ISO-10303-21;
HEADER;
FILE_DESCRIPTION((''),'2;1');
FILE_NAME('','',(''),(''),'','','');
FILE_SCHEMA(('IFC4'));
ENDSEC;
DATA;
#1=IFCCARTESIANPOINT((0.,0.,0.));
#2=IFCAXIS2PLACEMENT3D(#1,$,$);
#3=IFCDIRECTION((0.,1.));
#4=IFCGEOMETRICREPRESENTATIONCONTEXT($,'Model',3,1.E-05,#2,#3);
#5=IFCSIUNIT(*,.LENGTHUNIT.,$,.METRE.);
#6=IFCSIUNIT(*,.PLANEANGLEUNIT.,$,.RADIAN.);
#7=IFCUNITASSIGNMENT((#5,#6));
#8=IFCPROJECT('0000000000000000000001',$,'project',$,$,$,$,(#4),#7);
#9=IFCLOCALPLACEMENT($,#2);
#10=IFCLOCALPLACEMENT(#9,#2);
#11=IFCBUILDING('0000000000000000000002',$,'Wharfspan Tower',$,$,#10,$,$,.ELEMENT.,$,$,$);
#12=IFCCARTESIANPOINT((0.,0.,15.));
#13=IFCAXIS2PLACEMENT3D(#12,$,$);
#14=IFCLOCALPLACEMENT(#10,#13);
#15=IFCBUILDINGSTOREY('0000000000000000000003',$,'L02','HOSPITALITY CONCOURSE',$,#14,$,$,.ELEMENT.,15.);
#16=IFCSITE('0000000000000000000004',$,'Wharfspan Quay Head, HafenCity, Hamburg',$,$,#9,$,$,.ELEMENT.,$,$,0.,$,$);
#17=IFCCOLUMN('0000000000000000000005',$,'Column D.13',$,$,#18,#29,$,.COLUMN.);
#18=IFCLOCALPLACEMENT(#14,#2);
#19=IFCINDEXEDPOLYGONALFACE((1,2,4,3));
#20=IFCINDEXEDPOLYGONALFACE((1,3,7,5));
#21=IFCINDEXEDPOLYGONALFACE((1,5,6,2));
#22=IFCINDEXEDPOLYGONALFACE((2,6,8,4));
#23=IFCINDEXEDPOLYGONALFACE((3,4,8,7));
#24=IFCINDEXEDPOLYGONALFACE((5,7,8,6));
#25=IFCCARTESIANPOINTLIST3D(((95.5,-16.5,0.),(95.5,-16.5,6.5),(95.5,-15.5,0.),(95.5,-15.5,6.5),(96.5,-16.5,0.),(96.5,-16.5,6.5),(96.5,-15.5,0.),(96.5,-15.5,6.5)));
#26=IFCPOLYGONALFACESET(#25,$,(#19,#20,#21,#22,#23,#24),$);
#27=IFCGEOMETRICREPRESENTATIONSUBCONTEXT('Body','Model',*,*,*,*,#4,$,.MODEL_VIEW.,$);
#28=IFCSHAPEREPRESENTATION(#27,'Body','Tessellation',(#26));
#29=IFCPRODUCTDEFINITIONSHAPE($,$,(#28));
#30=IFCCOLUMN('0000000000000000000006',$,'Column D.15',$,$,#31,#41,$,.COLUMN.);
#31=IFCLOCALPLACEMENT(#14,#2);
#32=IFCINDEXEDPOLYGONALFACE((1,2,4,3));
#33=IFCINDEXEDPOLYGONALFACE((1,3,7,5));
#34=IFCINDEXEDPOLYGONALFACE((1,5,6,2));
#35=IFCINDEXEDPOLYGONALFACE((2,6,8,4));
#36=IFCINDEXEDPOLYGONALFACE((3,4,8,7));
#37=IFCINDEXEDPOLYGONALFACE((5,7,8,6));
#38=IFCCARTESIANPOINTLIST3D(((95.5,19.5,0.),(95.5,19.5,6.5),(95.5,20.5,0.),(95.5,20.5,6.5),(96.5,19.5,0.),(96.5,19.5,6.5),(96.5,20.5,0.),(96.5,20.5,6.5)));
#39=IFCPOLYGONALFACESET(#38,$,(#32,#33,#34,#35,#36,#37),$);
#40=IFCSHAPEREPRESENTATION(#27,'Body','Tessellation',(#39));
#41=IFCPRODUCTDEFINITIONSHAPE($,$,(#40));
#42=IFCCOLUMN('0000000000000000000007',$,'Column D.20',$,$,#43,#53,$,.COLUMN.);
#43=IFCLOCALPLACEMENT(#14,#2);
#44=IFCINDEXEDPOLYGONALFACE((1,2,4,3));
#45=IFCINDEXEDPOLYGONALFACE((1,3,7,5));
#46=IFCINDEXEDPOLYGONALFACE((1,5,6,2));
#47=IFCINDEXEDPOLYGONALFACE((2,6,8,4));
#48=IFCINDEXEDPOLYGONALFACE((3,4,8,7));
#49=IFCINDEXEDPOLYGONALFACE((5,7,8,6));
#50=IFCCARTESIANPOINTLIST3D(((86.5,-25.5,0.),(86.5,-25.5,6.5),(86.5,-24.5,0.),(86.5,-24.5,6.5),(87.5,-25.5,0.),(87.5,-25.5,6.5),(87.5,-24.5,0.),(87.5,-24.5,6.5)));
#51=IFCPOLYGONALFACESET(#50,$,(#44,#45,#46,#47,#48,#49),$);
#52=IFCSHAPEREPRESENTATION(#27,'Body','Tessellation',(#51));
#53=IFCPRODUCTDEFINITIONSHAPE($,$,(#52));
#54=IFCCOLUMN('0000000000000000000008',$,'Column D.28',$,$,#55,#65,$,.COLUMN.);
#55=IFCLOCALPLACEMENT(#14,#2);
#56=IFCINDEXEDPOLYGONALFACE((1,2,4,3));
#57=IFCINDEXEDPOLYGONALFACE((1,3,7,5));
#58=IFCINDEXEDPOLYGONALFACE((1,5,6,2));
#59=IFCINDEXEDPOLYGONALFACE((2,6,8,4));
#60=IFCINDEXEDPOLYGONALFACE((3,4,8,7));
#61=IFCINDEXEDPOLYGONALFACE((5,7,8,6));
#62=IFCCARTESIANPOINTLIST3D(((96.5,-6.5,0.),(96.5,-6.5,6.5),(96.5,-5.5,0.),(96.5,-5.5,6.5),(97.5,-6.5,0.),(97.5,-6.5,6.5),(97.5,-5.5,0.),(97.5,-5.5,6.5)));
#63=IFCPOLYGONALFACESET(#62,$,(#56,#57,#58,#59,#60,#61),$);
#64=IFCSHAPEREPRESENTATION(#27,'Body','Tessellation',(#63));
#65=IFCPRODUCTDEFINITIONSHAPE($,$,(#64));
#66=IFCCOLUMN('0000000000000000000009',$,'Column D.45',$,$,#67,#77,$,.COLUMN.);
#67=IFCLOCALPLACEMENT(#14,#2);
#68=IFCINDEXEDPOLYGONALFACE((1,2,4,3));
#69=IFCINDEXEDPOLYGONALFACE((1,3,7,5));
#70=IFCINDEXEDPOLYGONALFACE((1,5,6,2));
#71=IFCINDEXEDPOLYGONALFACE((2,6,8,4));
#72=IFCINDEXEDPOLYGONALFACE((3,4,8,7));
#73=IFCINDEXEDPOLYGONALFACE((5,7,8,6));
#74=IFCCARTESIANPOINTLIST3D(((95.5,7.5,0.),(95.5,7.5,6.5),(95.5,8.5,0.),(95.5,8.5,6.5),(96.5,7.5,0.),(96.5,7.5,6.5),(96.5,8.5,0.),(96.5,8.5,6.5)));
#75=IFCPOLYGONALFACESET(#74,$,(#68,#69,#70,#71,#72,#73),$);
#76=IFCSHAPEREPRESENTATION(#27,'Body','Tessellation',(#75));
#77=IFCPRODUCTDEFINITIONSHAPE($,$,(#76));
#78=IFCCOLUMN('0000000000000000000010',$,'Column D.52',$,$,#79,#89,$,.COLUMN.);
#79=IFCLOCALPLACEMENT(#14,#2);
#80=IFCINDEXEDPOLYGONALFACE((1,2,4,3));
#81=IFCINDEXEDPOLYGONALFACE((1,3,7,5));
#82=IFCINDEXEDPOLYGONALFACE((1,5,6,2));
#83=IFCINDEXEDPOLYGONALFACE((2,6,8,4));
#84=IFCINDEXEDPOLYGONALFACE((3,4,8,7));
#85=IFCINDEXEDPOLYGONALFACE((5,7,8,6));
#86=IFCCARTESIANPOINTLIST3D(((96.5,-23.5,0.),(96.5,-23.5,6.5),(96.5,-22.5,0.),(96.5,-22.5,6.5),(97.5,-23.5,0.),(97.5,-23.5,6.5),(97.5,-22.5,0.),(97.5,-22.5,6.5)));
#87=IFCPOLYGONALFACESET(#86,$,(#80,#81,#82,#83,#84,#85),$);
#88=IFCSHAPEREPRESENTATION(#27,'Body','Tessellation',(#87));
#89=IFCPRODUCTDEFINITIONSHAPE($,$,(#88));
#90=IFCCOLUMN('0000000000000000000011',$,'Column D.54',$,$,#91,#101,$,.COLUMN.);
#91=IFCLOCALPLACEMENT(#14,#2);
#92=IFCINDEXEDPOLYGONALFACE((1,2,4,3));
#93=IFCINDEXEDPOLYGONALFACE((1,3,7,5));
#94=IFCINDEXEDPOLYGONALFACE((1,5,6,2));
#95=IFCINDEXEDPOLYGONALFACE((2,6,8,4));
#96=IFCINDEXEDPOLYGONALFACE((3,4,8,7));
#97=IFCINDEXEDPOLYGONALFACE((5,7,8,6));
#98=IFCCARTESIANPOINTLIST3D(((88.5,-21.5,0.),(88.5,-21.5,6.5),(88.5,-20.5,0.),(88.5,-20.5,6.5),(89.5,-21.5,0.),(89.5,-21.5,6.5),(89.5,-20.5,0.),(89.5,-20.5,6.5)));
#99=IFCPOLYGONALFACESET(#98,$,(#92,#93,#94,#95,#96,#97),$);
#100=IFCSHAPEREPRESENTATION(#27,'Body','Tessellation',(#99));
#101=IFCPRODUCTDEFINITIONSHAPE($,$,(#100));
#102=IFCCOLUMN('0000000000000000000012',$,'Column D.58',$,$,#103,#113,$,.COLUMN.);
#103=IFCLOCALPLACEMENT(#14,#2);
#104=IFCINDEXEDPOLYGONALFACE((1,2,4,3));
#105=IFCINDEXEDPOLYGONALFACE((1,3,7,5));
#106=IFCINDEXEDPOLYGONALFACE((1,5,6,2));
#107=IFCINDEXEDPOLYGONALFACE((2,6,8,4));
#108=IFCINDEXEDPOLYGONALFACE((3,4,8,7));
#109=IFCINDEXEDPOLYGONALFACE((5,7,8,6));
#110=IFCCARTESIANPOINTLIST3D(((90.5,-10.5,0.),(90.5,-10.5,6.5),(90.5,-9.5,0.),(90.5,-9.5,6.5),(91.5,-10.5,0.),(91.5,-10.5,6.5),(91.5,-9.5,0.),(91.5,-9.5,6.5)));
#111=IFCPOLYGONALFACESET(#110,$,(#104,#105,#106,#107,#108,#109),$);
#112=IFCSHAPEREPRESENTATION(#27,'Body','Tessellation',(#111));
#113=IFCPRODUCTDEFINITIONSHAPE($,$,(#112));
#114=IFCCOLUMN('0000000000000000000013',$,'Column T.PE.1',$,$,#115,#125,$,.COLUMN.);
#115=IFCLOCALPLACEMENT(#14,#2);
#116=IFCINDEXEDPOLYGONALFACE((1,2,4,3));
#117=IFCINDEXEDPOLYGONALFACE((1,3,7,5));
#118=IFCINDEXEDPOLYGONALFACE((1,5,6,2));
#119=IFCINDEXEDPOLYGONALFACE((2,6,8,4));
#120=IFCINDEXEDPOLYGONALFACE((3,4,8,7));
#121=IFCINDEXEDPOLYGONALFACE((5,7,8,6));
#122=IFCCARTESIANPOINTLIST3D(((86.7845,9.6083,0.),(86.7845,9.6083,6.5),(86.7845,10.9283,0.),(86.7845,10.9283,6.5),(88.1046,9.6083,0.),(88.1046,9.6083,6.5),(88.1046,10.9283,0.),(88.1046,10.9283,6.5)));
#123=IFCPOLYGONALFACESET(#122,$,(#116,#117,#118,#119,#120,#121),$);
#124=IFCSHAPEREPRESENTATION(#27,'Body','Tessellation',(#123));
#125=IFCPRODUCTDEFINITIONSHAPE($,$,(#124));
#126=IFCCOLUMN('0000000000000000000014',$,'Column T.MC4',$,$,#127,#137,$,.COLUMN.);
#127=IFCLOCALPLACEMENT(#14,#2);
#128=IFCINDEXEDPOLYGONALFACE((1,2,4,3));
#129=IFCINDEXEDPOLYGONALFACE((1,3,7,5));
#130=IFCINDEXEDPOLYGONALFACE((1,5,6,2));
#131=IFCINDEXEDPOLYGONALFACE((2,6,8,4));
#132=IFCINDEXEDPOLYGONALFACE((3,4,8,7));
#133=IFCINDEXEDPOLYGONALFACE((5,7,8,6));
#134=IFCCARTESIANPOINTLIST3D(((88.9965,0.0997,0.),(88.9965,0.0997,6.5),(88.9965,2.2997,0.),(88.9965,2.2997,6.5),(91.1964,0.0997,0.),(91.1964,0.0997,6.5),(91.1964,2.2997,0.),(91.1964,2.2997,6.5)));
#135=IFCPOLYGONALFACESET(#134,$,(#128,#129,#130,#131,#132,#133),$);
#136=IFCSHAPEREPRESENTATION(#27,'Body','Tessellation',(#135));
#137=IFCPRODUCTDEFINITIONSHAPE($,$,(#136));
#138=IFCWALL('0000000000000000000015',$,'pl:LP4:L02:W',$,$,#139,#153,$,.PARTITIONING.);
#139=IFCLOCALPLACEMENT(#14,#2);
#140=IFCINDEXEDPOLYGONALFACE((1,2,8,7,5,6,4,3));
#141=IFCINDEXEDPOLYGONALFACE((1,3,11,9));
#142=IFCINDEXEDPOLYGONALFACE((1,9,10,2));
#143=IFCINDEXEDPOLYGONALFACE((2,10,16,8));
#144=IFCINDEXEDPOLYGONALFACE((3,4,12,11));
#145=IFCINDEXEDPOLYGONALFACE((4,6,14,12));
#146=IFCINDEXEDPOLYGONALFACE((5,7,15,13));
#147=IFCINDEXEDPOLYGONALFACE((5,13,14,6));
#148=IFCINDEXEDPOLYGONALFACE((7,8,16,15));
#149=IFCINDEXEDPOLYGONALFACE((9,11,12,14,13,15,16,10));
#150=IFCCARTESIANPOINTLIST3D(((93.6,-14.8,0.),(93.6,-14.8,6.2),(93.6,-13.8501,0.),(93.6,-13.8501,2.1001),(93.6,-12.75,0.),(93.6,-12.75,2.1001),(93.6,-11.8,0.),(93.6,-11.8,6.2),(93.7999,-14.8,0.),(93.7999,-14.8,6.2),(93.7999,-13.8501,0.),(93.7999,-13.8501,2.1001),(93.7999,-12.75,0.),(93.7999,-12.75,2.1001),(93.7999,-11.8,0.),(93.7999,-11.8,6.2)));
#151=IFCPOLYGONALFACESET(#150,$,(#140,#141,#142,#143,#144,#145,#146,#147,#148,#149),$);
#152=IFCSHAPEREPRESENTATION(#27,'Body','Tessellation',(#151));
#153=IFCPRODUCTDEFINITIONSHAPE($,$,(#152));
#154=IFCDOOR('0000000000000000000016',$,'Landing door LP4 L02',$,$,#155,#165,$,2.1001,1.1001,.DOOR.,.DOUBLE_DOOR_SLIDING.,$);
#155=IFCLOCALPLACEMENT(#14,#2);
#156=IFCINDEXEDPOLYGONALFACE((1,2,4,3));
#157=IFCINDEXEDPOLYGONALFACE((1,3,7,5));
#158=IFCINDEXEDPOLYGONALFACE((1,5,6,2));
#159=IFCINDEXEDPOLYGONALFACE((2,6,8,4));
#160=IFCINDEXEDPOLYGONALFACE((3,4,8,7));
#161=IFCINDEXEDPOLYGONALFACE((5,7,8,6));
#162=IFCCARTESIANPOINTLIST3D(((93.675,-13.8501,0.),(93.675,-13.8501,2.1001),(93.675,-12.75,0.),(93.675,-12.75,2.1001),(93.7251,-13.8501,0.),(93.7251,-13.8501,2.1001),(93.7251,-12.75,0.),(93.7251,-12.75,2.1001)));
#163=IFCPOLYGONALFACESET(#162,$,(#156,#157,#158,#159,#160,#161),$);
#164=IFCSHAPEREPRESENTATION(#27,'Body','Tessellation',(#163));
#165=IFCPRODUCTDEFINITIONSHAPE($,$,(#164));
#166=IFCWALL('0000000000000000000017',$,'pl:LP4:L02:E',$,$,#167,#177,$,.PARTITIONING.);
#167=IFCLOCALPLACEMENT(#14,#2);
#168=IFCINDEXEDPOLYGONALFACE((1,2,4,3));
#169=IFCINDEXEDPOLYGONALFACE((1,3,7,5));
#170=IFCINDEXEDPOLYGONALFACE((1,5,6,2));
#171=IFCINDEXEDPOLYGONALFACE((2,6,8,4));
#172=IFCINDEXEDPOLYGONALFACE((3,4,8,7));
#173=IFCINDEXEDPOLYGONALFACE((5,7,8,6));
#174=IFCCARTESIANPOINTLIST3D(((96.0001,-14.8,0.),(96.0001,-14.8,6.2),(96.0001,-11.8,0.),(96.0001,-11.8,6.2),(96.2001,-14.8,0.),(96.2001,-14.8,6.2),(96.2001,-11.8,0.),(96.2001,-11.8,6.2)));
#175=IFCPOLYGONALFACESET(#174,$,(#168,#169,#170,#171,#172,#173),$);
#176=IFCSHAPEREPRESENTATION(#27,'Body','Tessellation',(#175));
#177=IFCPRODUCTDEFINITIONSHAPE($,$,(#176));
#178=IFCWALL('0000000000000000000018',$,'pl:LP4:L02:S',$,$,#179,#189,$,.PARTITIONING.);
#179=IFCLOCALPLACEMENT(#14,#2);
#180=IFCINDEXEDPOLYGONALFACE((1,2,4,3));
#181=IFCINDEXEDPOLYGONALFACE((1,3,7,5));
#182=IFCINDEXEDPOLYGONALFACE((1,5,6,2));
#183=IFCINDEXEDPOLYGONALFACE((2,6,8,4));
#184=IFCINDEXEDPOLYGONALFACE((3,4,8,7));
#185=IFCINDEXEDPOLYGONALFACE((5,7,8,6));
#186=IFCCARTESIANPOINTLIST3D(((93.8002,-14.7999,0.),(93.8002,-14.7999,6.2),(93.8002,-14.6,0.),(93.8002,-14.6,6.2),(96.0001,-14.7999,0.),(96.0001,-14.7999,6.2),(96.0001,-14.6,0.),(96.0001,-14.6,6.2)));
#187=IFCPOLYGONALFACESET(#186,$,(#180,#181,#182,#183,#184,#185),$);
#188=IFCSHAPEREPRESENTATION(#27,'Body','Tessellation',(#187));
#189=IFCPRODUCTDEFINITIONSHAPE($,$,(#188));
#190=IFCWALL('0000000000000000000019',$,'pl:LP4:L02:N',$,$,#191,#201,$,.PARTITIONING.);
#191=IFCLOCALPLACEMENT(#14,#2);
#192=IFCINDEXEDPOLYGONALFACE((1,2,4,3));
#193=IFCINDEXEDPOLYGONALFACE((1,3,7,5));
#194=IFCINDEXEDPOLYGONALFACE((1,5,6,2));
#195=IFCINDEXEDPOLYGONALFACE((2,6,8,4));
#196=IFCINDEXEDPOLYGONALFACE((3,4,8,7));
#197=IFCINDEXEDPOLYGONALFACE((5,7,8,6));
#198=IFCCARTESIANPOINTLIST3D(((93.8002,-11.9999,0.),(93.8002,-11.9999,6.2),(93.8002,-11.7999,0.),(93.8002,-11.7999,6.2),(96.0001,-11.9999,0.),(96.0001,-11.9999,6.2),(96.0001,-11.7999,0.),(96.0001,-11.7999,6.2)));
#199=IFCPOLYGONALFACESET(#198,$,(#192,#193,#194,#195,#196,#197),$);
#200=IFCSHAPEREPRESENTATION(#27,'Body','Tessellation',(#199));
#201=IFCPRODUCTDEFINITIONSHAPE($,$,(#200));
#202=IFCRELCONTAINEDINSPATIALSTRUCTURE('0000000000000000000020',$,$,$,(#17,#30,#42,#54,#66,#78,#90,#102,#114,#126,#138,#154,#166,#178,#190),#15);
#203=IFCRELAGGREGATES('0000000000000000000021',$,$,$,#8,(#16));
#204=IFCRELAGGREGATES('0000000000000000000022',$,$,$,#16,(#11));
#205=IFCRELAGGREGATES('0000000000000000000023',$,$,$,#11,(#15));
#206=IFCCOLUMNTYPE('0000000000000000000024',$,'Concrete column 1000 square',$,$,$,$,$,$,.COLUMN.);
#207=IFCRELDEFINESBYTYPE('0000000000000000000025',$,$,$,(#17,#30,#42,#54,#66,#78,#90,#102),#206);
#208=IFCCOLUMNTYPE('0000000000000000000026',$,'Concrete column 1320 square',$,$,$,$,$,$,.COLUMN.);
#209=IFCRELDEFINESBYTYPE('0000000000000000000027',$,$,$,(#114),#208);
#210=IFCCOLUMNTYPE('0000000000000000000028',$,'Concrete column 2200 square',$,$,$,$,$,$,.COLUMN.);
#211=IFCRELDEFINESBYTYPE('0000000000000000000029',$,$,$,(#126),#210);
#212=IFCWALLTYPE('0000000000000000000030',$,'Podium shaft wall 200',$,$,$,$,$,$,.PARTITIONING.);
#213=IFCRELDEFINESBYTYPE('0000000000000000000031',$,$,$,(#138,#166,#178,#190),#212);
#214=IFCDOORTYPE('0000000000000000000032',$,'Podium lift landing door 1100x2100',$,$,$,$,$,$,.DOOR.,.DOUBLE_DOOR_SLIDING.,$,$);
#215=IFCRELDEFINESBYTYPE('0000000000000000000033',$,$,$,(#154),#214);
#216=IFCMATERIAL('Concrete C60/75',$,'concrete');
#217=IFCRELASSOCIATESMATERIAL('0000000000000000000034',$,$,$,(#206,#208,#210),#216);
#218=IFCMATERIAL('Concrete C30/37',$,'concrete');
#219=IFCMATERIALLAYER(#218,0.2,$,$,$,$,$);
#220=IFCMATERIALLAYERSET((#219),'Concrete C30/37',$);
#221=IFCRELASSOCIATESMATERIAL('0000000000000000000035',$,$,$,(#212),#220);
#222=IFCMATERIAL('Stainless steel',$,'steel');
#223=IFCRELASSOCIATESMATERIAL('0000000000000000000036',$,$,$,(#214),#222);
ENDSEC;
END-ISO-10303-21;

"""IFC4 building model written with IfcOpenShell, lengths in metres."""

from ifc_helpers import new_model, si_unit, direction, frame, frame_2d, origin, origin_2d, place, context, subcontext, project, spatial, rectangle, extrude, material, layer, layer_set, material_profile, profile_set, type_object, element, fill, save


model = new_model("IFC4")

# Units and contexts
model_context = context("Model", 3, precision=1e-05, world=origin(), true_north=direction((0.0, 1.0)))
body_context = subcontext(model_context, "Body", "Model", "MODEL_VIEW")
ifc_project = project(units=[si_unit("LENGTHUNIT", "METRE"), si_unit("PLANEANGLEUNIT", "RADIAN")], contexts=[model_context])

# Site, building, storey
site_placement = place(None, origin())
site = spatial("IfcSite", under=ifc_project, at=site_placement, Name="Wharfspan Quay Head, HafenCity, Hamburg", CompositionType="ELEMENT", RefElevation=0.0)
building_placement = place(site_placement, origin())
building = spatial("IfcBuilding", under=site, at=building_placement, Name="Wharfspan Tower", CompositionType="ELEMENT")
storey_placement = place(building_placement, frame((0.0, 0.0, 15.0)))
storey = spatial("IfcBuildingStorey", under=building, at=storey_placement, Name="L02", Description="HOSPITALITY CONCOURSE", CompositionType="ELEMENT", Elevation=15.0)

# Columns
ifc_material_1 = material(Name="Concrete C60/75", Category="concrete")
ifc_material_profile_1 = material_profile(ifc_material_1, rectangle(XDim=1.0, YDim=1.0, at=origin_2d()))
ifc_profile_set_1 = profile_set([ifc_material_profile_1], Name="Concrete C60/75")
column_type_1 = type_object("IfcColumnType", Name="Concrete column 1000 square", PredefinedType="COLUMN", material=ifc_profile_set_1)
for number, where, z_axis, x_axis, name in (
    (1, (96.0, -16.0, 0.0), (0.0, 0.0, 1.0), (1.0, 0.0, 0.0), "Column D.13"),
    (2, (96.0, 20.0, 0.0), (0.0, 0.0, 1.0), (1.0, 0.0, 0.0), "Column D.15"),
    (3, (87.0, -25.0, 0.0), (0.0, 0.0, 1.0), (1.0, 0.0, 0.0), "Column D.20"),
    (4, (97.0, -6.0, 0.0), (0.0, 0.0, 1.0), (1.0, 0.0, 0.0), "Column D.28"),
    (5, (96.0, 8.0, 0.0), (0.0, 0.0, 1.0), (1.0, 0.0, 0.0), "Column D.45"),
    (6, (97.0, -23.0, 0.0), (0.0, 0.0, 1.0), (1.0, 0.0, 0.0), "Column D.52"),
    (7, (89.0, -21.0, 0.0), (0.0, 0.0, 1.0), (1.0, 0.0, 0.0), "Column D.54"),
    (8, (91.0, -10.0, 0.0), (0.0, 0.0, 1.0), (1.0, 0.0, 0.0), "Column D.58"),
):
    element("IfcColumn", number, at=place(storey_placement, frame(where, z_axis=z_axis, x_axis=x_axis)), inside=storey, type_object=column_type_1, Name=name, PredefinedType="COLUMN", context=body_context, shape_type="SweptSolid", body=[
        extrude(rectangle(XDim=1.0, YDim=1.0, at=origin_2d()), origin(), (0.0, 0.0, 1.0), 6.5),
    ])
ifc_material_profile_2 = material_profile(ifc_material_1, rectangle(XDim=1.3201, YDim=1.3201, at=origin_2d()))
ifc_profile_set_2 = profile_set([ifc_material_profile_2], Name="Concrete C60/75")
column_type_2 = type_object("IfcColumnType", Name="Concrete column 1320 square", PredefinedType="COLUMN", material=ifc_profile_set_2)
column_1_placement = place(storey_placement, frame((87.4446, 10.2683, 0.0), z_axis=(0.0, 0.0, 1.0), x_axis=(1.0, 0.0, 0.0)))
element("IfcColumn", 9, at=column_1_placement, inside=storey, type_object=column_type_2, Name="Column T.PE.1", PredefinedType="COLUMN", context=body_context, shape_type="SweptSolid", body=[
    extrude(rectangle(XDim=1.3201, YDim=1.3201, at=origin_2d()), origin(), (0.0, 0.0, 1.0), 6.5),
])
ifc_material_profile_3 = material_profile(ifc_material_1, rectangle(XDim=2.2, YDim=2.2, at=origin_2d()))
ifc_profile_set_3 = profile_set([ifc_material_profile_3], Name="Concrete C60/75")
column_type_3 = type_object("IfcColumnType", Name="Concrete column 2200 square", PredefinedType="COLUMN", material=ifc_profile_set_3)
column_2_placement = place(storey_placement, frame((90.0964, 1.1997, 0.0), z_axis=(0.0, 0.0, 1.0), x_axis=(1.0, 0.0, 0.0)))
element("IfcColumn", 10, at=column_2_placement, inside=storey, type_object=column_type_3, Name="Column T.MC4", PredefinedType="COLUMN", context=body_context, shape_type="SweptSolid", body=[
    extrude(rectangle(XDim=2.2, YDim=2.2, at=origin_2d()), origin(), (0.0, 0.0, 1.0), 6.5),
])

# Wall, opening, door
ifc_material_2 = material(Name="Concrete C30/37", Category="concrete")
ifc_layer_1 = layer(ifc_material_2, 0.2)
ifc_layer_set_1 = layer_set([ifc_layer_1], Name="Concrete C30/37")
wall_type_1 = type_object("IfcWallType", Name="Podium shaft wall 200", PredefinedType="PARTITIONING", material=ifc_layer_set_1)
wall_1_placement = place(storey_placement, frame((93.7, -14.8, 0.0), z_axis=(0.0, 0.0, 1.0), x_axis=(0.0, 1.0, 0.0)))
wall_1 = element("IfcWall", 11, at=wall_1_placement, inside=storey, type_object=wall_type_1, Name="pl:LP4:L02:W", PredefinedType="PARTITIONING", context=body_context, shape_type="SweptSolid", body=[
    extrude(rectangle(XDim=3.0, YDim=0.2, at=frame_2d((1.5, 0.0))), origin(), (0.0, 0.0, 1.0), 6.2),
])
opening_placement = place(wall_1_placement, frame((0.95, 0.0, 0.0)))
opening = element("IfcOpeningElement", 12, at=opening_placement, cuts=wall_1, PredefinedType="OPENING", context=body_context, shape_type="SweptSolid", body=[
    extrude(rectangle(XDim=1.1001, YDim=2.1001, at=frame_2d((0.55, 1.05))), frame((0.0, 0.1099, 0.0), z_axis=(0.0, -1.0, 0.0), x_axis=(1.0, 0.0, 0.0)), (0.0, 0.0, 1.0), 0.22),
])
ifc_material_3 = material(Name="Stainless steel", Category="steel")
door_type = type_object("IfcDoorType", Name="Podium lift landing door 1100x2100", OperationType="DOUBLE_DOOR_SLIDING", PredefinedType="DOOR", material=ifc_material_3)
door_placement = place(opening_placement, origin())
door = element("IfcDoor", 13, at=door_placement, inside=storey, type_object=door_type, Name="Landing door LP4 L02", OperationType="DOUBLE_DOOR_SLIDING", OverallHeight=2.1001, OverallWidth=1.1001, PredefinedType="DOOR", context=body_context, shape_type="SweptSolid", body=[
    extrude(rectangle(XDim=1.1001, YDim=2.1001, at=frame_2d((0.55, 1.05))), frame((0.0, 0.0249, 0.0), z_axis=(0.0, -1.0, 0.0), x_axis=(1.0, 0.0, 0.0)), (0.0, 0.0, 1.0), 0.05),
])
fill(opening, door)

# Walls
wall_2_placement = place(storey_placement, frame((96.1001, -14.8, 0.0), z_axis=(0.0, 0.0, 1.0), x_axis=(0.0, 1.0, 0.0)))
element("IfcWall", 14, at=wall_2_placement, inside=storey, type_object=wall_type_1, Name="pl:LP4:L02:E", PredefinedType="PARTITIONING", context=body_context, shape_type="SweptSolid", body=[
    extrude(rectangle(XDim=3.0, YDim=0.2, at=frame_2d((1.5, 0.0))), origin(), (0.0, 0.0, 1.0), 6.2),
])
for number, where, z_axis, x_axis, name in (
    (15, (93.8, -14.7, 0.0), (0.0, 0.0, 1.0), (1.0, 0.0, 0.0), "pl:LP4:L02:S"),
    (16, (93.8, -11.8999, 0.0), (0.0, 0.0, 1.0), (1.0, 0.0, 0.0), "pl:LP4:L02:N"),
):
    element("IfcWall", number, at=place(storey_placement, frame(where, z_axis=z_axis, x_axis=x_axis)), inside=storey, type_object=wall_type_1, Name=name, PredefinedType="PARTITIONING", context=body_context, shape_type="SweptSolid", body=[
        extrude(rectangle(XDim=2.2, YDim=0.2, at=frame_2d((1.1001, 0.0))), origin(), (0.0, 0.0, 1.0), 6.2),
    ])

save(model, "model.ifc")
